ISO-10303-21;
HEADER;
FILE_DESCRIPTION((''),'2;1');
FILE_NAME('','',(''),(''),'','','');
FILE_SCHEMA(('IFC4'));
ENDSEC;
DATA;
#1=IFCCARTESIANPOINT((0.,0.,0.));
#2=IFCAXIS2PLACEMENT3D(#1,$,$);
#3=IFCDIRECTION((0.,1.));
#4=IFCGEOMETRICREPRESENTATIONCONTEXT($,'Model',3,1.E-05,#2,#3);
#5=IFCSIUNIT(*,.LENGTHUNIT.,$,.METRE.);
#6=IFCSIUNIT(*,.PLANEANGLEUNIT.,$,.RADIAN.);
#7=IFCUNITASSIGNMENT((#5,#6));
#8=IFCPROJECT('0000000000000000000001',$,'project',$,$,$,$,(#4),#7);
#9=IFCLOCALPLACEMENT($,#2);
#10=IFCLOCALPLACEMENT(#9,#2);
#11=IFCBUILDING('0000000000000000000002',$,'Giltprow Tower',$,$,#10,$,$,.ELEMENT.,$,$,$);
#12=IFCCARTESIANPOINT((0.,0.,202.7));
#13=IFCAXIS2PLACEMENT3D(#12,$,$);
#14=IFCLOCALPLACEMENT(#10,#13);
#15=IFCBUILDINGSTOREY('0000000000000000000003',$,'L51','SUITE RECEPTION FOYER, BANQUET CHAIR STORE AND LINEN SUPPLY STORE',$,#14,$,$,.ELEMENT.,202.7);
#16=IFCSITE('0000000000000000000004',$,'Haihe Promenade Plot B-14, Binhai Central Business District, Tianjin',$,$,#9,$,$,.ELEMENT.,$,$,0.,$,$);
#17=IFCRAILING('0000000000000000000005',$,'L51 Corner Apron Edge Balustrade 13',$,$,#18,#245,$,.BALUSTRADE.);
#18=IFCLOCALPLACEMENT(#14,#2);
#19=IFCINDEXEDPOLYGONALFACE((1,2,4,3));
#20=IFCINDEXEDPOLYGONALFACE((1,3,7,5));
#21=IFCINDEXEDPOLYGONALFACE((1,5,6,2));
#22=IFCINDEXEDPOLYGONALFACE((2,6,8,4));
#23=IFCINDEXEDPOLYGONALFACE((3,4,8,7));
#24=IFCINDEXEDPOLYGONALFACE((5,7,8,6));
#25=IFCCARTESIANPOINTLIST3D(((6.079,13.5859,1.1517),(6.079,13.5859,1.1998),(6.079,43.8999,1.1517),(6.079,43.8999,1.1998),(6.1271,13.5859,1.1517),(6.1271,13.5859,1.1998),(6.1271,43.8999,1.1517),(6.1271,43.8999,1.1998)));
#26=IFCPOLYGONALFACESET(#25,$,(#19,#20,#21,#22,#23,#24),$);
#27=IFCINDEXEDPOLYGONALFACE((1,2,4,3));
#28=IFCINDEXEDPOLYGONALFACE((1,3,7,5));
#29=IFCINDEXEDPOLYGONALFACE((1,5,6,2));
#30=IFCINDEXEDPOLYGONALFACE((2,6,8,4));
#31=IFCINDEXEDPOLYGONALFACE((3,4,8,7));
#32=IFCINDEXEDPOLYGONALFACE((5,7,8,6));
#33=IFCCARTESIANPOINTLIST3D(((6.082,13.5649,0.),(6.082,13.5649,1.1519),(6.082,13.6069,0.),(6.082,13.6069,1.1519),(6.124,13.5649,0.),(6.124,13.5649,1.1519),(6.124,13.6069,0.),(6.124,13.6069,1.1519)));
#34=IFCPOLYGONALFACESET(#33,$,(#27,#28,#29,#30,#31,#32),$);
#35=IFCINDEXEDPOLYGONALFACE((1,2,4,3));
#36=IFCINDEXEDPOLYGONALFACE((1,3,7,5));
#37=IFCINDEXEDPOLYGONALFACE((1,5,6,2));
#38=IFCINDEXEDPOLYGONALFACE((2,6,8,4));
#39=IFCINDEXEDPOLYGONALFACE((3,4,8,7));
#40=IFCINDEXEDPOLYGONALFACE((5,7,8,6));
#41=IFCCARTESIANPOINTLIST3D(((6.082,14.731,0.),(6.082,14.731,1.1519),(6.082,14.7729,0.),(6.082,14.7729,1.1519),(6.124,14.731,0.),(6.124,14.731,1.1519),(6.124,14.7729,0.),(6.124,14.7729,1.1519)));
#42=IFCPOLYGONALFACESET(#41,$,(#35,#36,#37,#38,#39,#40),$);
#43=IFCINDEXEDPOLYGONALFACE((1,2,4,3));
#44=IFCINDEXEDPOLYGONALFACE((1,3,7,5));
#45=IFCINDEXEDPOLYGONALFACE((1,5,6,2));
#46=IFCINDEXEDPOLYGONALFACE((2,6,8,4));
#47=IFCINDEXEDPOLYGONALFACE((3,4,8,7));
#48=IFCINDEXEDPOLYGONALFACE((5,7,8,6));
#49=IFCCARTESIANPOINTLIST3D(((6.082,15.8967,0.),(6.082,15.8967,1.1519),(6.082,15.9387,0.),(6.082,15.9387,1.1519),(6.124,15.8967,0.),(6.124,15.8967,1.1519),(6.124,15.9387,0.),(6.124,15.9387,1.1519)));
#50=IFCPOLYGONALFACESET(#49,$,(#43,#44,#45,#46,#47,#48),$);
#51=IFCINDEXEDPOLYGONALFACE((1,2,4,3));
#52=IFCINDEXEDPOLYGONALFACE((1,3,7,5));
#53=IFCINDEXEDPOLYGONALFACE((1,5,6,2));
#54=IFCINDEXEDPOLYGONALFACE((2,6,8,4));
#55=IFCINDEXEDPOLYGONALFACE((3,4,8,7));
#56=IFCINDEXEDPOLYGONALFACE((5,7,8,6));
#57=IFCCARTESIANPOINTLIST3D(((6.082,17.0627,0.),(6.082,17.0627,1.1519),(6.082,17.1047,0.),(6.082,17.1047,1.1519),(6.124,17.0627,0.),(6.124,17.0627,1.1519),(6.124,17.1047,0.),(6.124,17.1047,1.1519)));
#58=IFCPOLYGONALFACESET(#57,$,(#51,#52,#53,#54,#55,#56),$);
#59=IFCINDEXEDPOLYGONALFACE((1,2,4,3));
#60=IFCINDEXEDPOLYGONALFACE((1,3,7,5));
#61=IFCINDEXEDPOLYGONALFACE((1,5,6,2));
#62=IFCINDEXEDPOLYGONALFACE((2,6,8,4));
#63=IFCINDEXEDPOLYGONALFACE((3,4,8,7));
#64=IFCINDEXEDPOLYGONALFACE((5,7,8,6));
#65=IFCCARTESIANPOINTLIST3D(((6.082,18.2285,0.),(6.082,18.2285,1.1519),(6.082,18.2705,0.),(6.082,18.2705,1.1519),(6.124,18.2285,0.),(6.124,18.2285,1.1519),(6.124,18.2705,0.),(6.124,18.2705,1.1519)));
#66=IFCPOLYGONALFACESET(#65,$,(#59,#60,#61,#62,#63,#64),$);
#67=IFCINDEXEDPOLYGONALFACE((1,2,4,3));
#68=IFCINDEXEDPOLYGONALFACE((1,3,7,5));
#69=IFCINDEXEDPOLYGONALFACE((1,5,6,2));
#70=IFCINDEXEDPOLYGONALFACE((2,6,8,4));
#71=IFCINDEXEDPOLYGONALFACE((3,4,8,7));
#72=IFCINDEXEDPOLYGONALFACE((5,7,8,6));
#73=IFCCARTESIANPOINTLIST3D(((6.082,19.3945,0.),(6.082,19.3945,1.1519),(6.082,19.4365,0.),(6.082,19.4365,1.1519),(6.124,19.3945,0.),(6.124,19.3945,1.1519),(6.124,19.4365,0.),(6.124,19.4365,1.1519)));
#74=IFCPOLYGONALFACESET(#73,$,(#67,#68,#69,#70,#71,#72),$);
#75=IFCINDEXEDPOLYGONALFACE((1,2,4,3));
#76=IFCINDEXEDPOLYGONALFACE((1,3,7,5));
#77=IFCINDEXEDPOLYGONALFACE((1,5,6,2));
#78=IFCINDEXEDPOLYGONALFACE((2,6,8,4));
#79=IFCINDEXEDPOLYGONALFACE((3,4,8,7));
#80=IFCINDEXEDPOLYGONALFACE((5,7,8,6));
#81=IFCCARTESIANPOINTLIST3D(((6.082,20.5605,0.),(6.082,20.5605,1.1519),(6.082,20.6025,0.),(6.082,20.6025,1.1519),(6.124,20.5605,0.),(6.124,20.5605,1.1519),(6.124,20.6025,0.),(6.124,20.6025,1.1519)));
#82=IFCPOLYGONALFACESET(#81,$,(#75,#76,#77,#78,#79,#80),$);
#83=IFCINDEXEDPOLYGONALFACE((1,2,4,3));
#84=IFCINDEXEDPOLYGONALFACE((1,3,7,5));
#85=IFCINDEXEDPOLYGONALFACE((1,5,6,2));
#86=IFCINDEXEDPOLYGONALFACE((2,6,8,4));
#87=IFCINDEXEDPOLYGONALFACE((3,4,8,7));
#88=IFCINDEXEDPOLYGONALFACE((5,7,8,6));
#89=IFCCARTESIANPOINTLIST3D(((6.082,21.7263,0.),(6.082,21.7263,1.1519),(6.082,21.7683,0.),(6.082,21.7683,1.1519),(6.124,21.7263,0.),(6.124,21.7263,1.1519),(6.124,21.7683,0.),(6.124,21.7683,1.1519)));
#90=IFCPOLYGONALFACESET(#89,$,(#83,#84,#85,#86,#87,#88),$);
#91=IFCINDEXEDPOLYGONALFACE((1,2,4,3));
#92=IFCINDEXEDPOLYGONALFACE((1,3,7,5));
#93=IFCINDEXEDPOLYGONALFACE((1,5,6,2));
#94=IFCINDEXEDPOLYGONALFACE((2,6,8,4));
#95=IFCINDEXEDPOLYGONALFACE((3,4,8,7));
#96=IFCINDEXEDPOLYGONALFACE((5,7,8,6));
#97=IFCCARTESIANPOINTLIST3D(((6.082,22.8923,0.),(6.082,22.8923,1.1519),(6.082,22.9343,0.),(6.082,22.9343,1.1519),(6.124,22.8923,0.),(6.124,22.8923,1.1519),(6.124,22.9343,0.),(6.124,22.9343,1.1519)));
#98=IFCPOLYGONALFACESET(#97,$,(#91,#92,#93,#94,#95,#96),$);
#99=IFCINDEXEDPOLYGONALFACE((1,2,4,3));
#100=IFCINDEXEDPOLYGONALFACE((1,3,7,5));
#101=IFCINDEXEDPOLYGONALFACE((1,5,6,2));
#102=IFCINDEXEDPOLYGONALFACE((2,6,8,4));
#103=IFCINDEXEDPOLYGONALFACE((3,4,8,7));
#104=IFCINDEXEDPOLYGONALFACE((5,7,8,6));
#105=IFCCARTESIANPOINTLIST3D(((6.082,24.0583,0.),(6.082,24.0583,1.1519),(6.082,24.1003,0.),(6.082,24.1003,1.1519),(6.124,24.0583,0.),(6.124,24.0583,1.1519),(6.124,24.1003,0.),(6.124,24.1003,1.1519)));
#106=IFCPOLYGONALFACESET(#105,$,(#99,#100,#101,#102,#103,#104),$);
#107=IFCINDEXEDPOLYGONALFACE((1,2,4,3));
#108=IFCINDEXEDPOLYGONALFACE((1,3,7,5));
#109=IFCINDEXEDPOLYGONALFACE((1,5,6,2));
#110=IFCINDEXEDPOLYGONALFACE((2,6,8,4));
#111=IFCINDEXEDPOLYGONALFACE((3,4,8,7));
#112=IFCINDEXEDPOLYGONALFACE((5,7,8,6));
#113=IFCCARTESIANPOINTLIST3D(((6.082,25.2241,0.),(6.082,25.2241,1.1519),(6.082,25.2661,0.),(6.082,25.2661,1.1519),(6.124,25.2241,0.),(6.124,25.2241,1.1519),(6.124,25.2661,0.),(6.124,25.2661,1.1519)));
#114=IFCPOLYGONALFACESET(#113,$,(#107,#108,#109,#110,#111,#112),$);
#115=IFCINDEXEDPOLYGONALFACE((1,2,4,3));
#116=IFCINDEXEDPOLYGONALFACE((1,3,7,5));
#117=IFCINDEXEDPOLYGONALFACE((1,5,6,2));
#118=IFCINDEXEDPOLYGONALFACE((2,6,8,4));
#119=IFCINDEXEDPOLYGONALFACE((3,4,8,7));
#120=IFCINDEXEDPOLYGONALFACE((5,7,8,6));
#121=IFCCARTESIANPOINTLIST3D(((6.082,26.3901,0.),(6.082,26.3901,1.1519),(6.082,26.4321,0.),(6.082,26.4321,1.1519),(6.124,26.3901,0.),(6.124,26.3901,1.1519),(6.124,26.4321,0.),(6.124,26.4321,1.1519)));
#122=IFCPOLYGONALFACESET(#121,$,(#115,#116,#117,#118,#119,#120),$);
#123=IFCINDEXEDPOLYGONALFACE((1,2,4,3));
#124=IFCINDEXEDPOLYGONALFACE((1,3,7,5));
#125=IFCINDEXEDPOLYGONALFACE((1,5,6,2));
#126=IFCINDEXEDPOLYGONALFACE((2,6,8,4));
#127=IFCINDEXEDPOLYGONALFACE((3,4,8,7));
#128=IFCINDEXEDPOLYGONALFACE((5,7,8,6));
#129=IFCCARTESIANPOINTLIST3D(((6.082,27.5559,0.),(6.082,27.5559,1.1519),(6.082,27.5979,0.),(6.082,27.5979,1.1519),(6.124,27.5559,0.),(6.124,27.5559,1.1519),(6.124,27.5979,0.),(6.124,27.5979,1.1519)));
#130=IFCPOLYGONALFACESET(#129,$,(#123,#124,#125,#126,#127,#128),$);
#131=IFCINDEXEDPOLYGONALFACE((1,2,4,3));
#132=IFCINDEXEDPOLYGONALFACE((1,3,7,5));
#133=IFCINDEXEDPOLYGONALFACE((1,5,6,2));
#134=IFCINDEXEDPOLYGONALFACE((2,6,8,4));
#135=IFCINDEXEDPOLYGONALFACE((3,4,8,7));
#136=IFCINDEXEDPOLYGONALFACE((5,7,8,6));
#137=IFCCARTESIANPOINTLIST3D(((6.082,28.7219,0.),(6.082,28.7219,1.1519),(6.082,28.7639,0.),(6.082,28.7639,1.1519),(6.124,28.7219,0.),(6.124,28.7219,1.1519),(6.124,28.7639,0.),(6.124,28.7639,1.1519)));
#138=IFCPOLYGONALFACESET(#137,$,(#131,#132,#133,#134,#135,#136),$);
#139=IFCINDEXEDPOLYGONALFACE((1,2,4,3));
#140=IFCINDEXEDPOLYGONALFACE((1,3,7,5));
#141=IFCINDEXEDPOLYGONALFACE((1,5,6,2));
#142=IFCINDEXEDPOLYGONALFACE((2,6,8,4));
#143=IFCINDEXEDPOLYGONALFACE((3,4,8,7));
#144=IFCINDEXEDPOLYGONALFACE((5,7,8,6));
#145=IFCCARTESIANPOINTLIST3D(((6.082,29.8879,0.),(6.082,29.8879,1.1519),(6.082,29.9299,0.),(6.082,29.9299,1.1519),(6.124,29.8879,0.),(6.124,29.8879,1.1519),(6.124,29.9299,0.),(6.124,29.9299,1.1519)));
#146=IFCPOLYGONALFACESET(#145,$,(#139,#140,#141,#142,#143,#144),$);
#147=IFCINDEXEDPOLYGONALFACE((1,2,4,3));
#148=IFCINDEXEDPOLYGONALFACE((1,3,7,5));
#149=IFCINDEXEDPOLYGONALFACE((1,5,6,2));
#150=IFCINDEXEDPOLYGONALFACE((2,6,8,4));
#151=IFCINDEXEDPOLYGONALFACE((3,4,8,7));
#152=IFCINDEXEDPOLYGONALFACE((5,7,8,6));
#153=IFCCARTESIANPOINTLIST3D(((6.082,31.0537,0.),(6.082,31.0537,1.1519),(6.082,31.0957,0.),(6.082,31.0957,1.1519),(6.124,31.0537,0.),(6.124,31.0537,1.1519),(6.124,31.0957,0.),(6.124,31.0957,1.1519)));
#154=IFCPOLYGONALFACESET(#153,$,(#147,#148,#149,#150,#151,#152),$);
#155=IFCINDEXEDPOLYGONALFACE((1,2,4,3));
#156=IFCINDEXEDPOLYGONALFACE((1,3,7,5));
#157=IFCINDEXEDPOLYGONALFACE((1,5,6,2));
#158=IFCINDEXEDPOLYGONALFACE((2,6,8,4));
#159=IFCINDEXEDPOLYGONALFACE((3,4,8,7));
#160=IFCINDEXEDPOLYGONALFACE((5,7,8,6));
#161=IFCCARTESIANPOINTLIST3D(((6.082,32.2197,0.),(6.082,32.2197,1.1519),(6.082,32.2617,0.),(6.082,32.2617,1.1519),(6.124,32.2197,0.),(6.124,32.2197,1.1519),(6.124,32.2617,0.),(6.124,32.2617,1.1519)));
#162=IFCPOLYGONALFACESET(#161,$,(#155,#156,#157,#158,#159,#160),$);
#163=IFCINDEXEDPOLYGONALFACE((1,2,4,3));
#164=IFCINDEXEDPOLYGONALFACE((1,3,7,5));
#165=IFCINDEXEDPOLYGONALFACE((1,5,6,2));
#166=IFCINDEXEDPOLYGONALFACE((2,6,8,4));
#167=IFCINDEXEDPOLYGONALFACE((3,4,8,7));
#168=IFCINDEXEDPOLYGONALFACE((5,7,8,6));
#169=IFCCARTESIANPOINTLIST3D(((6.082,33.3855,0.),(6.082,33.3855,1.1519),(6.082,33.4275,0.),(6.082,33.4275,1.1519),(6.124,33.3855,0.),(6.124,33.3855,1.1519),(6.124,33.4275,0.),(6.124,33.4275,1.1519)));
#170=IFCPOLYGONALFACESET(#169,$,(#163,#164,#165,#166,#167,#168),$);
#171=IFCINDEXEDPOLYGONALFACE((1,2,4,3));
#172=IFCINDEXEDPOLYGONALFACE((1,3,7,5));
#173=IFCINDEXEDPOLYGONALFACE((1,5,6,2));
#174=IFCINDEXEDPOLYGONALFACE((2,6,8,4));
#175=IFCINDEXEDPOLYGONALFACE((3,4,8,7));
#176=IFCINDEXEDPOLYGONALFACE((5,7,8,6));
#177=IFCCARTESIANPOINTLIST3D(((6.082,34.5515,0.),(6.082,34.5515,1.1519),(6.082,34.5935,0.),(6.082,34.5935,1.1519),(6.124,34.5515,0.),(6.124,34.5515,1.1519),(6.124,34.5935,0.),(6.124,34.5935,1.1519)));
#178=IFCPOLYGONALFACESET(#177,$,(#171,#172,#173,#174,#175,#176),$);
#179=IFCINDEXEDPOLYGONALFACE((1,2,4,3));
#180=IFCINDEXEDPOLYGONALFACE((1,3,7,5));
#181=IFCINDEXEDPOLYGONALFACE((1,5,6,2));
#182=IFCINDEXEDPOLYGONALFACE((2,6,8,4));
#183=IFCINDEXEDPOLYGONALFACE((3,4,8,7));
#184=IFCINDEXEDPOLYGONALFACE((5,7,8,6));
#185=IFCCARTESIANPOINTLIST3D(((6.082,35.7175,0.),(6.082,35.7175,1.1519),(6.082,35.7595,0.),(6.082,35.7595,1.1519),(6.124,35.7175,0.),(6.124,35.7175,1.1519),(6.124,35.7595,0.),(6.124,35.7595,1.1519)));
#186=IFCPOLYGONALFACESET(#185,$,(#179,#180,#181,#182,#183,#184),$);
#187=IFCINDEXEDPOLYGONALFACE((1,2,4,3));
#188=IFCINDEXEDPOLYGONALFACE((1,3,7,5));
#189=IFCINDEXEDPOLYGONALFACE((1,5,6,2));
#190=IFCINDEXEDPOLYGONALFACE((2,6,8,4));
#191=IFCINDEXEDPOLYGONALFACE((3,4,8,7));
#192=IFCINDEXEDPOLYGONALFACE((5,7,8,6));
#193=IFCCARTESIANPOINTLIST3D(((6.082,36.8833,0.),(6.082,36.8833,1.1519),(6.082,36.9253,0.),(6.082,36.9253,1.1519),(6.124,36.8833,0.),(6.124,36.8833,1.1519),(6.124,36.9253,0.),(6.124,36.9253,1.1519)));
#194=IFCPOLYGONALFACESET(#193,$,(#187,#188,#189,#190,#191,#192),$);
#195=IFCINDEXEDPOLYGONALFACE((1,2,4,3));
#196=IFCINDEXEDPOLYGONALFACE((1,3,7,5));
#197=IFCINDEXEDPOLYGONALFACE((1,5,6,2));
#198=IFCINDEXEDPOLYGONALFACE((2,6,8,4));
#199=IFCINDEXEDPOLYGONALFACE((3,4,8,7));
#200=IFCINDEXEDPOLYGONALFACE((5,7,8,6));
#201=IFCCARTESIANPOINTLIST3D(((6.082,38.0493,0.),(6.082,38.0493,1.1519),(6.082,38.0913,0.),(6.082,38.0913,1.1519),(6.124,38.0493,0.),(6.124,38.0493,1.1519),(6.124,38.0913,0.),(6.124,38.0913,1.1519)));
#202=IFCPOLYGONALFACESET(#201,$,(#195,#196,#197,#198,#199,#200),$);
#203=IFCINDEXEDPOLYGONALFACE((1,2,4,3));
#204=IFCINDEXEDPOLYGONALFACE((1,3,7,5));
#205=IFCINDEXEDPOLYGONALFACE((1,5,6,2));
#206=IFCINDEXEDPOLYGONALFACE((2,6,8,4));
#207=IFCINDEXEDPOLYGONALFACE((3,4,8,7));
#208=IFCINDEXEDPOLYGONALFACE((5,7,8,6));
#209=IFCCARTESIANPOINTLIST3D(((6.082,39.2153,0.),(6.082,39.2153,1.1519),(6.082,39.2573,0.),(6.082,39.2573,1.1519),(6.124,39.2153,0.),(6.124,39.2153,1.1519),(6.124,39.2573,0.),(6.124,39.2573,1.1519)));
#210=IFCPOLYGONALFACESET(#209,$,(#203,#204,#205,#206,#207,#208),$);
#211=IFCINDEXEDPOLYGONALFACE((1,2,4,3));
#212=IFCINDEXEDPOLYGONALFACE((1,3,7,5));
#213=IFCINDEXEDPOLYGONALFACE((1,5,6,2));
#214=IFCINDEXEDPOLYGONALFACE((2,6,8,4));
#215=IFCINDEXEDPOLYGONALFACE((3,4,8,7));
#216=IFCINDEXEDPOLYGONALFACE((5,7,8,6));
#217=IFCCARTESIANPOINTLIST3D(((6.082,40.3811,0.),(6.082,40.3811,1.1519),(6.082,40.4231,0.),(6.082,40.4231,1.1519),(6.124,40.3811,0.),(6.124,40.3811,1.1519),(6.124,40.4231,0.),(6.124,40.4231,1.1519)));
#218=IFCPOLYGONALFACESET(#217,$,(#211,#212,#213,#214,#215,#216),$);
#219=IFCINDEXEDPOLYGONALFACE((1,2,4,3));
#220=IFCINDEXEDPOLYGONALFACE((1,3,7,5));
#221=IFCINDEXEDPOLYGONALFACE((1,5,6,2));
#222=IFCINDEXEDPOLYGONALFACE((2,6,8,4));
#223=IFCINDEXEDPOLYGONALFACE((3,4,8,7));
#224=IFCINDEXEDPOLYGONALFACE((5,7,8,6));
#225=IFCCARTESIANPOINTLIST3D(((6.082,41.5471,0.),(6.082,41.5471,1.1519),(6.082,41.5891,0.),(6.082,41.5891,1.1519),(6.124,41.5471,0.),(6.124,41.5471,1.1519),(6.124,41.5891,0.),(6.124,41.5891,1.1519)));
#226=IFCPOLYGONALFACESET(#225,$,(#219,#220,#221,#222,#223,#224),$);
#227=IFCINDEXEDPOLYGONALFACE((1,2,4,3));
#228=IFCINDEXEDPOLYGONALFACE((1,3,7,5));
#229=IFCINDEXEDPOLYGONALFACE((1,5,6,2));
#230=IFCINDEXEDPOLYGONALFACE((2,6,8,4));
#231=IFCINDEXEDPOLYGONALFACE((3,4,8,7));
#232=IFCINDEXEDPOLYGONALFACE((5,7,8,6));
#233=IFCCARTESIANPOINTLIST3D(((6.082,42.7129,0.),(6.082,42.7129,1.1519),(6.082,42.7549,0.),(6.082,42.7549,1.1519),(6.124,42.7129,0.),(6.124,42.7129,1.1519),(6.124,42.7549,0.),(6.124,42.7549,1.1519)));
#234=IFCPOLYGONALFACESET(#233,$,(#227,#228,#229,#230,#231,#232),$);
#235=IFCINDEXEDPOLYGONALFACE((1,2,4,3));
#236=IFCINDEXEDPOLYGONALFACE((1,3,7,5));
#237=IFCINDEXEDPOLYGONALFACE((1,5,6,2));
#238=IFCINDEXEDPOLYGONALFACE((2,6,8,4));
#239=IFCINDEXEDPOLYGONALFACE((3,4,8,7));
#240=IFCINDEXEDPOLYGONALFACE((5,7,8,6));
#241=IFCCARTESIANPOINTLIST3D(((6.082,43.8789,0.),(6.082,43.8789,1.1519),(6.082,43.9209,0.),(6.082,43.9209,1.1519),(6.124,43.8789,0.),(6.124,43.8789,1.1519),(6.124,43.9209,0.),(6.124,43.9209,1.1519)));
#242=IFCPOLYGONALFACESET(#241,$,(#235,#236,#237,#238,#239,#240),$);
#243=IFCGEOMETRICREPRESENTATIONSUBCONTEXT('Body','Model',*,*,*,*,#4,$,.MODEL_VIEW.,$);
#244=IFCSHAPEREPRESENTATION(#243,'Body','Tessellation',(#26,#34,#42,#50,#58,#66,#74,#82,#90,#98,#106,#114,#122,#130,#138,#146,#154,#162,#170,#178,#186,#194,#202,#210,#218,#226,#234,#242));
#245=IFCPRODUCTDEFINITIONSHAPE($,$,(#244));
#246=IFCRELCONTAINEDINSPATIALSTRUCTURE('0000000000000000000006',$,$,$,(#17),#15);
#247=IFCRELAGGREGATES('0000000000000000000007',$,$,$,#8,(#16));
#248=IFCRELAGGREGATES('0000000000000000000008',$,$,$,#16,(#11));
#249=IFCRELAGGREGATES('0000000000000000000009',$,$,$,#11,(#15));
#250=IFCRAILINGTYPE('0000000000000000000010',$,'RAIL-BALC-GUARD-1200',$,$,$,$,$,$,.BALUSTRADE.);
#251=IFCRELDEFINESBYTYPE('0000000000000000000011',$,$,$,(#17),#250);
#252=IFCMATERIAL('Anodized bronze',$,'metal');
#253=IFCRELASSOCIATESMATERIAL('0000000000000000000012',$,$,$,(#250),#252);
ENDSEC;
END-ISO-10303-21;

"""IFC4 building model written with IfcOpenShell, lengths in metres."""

from ifc_helpers import new_model, si_unit, direction, frame, origin, origin_2d, place, context, subcontext, project, spatial, rectangle, extrude, material, type_object, element, save


model = new_model("IFC4")

# Units and contexts
model_context = context("Model", 3, precision=1e-05, world=origin(), true_north=direction((0.0, 1.0)))
body_context = subcontext(model_context, "Body", "Model", "MODEL_VIEW")
ifc_project = project(units=[si_unit("LENGTHUNIT", "METRE"), si_unit("PLANEANGLEUNIT", "RADIAN")], contexts=[model_context])

# Site, building, storey
site_placement = place(None, origin())
site = spatial("IfcSite", under=ifc_project, at=site_placement, Name="Haihe Promenade Plot B-14, Binhai Central Business District, Tianjin", CompositionType="ELEMENT", RefElevation=0.0)
building_placement = place(site_placement, origin())
building = spatial("IfcBuilding", under=site, at=building_placement, Name="Giltprow Tower", CompositionType="ELEMENT")
storey_placement = place(building_placement, frame((0.0, 0.0, 202.7)))
storey = spatial("IfcBuildingStorey", under=building, at=storey_placement, Name="L51", Description="SUITE RECEPTION FOYER, BANQUET CHAIR STORE AND LINEN SUPPLY STORE", CompositionType="ELEMENT", Elevation=202.7)

# Shared definitions
ifc_material_1 = material(Name="Anodized bronze", Category="metal")

# Railing
railing_type = type_object("IfcRailingType", Name="RAIL-BALC-GUARD-1200", PredefinedType="BALUSTRADE", material=ifc_material_1)
railing_1_placement = place(storey_placement, frame((6.103, 13.5859, 0.0)))
element("IfcRailing", 1, at=railing_1_placement, inside=storey, type_object=railing_type, Name="L51 Corner Apron Edge Balustrade 13", PredefinedType="BALUSTRADE", context=body_context, shape_type="SweptSolid", body=[
    extrude(rectangle(XDim=0.0481, YDim=0.0481, at=origin_2d()), frame((0.0, 0.0, 1.1758), z_axis=(0.0, 1.0, 0.0), x_axis=(-1.0, 0.0, 0.0)), (0.0, 0.0, 1.0), 30.314),
    extrude(rectangle(XDim=0.042, YDim=0.042, at=origin_2d()), origin(), (0.0, 0.0, 1.0), 1.1519),
    extrude(rectangle(XDim=0.042, YDim=0.042, at=origin_2d()), frame((0.0, 1.166, 0.0)), (0.0, 0.0, 1.0), 1.1519),
    extrude(rectangle(XDim=0.042, YDim=0.042, at=origin_2d()), frame((0.0, 2.3318, 0.0)), (0.0, 0.0, 1.0), 1.1519),
    extrude(rectangle(XDim=0.042, YDim=0.042, at=origin_2d()), frame((0.0, 3.4978, 0.0)), (0.0, 0.0, 1.0), 1.1519),
    extrude(rectangle(XDim=0.042, YDim=0.042, at=origin_2d()), frame((0.0, 4.6636, 0.0)), (0.0, 0.0, 1.0), 1.1519),
    extrude(rectangle(XDim=0.042, YDim=0.042, at=origin_2d()), frame((0.0, 5.8296, 0.0)), (0.0, 0.0, 1.0), 1.1519),
    extrude(rectangle(XDim=0.042, YDim=0.042, at=origin_2d()), frame((0.0, 6.9956, 0.0)), (0.0, 0.0, 1.0), 1.1519),
    extrude(rectangle(XDim=0.042, YDim=0.042, at=origin_2d()), frame((0.0, 8.1614, 0.0)), (0.0, 0.0, 1.0), 1.1519),
    extrude(rectangle(XDim=0.042, YDim=0.042, at=origin_2d()), frame((0.0, 9.3274, 0.0)), (0.0, 0.0, 1.0), 1.1519),
    extrude(rectangle(XDim=0.042, YDim=0.042, at=origin_2d()), frame((0.0, 10.4934, 0.0)), (0.0, 0.0, 1.0), 1.1519),
    extrude(rectangle(XDim=0.042, YDim=0.042, at=origin_2d()), frame((0.0, 11.6592, 0.0)), (0.0, 0.0, 1.0), 1.1519),
    extrude(rectangle(XDim=0.042, YDim=0.042, at=origin_2d()), frame((0.0, 12.8252, 0.0)), (0.0, 0.0, 1.0), 1.1519),
    extrude(rectangle(XDim=0.042, YDim=0.042, at=origin_2d()), frame((0.0, 13.991, 0.0)), (0.0, 0.0, 1.0), 1.1519),
    extrude(rectangle(XDim=0.042, YDim=0.042, at=origin_2d()), frame((0.0, 15.157, 0.0)), (0.0, 0.0, 1.0), 1.1519),
    extrude(rectangle(XDim=0.042, YDim=0.042, at=origin_2d()), frame((0.0, 16.323, 0.0)), (0.0, 0.0, 1.0), 1.1519),
    extrude(rectangle(XDim=0.042, YDim=0.042, at=origin_2d()), frame((0.0, 17.4888, 0.0)), (0.0, 0.0, 1.0), 1.1519),
    extrude(rectangle(XDim=0.042, YDim=0.042, at=origin_2d()), frame((0.0, 18.6548, 0.0)), (0.0, 0.0, 1.0), 1.1519),
    extrude(rectangle(XDim=0.042, YDim=0.042, at=origin_2d()), frame((0.0, 19.8206, 0.0)), (0.0, 0.0, 1.0), 1.1519),
    extrude(rectangle(XDim=0.042, YDim=0.042, at=origin_2d()), frame((0.0, 20.9866, 0.0)), (0.0, 0.0, 1.0), 1.1519),
    extrude(rectangle(XDim=0.042, YDim=0.042, at=origin_2d()), frame((0.0, 22.1526, 0.0)), (0.0, 0.0, 1.0), 1.1519),
    extrude(rectangle(XDim=0.042, YDim=0.042, at=origin_2d()), frame((0.0, 23.3184, 0.0)), (0.0, 0.0, 1.0), 1.1519),
    extrude(rectangle(XDim=0.042, YDim=0.042, at=origin_2d()), frame((0.0, 24.4844, 0.0)), (0.0, 0.0, 1.0), 1.1519),
    extrude(rectangle(XDim=0.042, YDim=0.042, at=origin_2d()), frame((0.0, 25.6504, 0.0)), (0.0, 0.0, 1.0), 1.1519),
    extrude(rectangle(XDim=0.042, YDim=0.042, at=origin_2d()), frame((0.0, 26.8162, 0.0)), (0.0, 0.0, 1.0), 1.1519),
    extrude(rectangle(XDim=0.042, YDim=0.042, at=origin_2d()), frame((0.0, 27.9822, 0.0)), (0.0, 0.0, 1.0), 1.1519),
    extrude(rectangle(XDim=0.042, YDim=0.042, at=origin_2d()), frame((0.0, 29.1479, 0.0)), (0.0, 0.0, 1.0), 1.1519),
    extrude(rectangle(XDim=0.042, YDim=0.042, at=origin_2d()), frame((0.0, 30.314, 0.0)), (0.0, 0.0, 1.0), 1.1519),
])

save(model, "model.ifc")
